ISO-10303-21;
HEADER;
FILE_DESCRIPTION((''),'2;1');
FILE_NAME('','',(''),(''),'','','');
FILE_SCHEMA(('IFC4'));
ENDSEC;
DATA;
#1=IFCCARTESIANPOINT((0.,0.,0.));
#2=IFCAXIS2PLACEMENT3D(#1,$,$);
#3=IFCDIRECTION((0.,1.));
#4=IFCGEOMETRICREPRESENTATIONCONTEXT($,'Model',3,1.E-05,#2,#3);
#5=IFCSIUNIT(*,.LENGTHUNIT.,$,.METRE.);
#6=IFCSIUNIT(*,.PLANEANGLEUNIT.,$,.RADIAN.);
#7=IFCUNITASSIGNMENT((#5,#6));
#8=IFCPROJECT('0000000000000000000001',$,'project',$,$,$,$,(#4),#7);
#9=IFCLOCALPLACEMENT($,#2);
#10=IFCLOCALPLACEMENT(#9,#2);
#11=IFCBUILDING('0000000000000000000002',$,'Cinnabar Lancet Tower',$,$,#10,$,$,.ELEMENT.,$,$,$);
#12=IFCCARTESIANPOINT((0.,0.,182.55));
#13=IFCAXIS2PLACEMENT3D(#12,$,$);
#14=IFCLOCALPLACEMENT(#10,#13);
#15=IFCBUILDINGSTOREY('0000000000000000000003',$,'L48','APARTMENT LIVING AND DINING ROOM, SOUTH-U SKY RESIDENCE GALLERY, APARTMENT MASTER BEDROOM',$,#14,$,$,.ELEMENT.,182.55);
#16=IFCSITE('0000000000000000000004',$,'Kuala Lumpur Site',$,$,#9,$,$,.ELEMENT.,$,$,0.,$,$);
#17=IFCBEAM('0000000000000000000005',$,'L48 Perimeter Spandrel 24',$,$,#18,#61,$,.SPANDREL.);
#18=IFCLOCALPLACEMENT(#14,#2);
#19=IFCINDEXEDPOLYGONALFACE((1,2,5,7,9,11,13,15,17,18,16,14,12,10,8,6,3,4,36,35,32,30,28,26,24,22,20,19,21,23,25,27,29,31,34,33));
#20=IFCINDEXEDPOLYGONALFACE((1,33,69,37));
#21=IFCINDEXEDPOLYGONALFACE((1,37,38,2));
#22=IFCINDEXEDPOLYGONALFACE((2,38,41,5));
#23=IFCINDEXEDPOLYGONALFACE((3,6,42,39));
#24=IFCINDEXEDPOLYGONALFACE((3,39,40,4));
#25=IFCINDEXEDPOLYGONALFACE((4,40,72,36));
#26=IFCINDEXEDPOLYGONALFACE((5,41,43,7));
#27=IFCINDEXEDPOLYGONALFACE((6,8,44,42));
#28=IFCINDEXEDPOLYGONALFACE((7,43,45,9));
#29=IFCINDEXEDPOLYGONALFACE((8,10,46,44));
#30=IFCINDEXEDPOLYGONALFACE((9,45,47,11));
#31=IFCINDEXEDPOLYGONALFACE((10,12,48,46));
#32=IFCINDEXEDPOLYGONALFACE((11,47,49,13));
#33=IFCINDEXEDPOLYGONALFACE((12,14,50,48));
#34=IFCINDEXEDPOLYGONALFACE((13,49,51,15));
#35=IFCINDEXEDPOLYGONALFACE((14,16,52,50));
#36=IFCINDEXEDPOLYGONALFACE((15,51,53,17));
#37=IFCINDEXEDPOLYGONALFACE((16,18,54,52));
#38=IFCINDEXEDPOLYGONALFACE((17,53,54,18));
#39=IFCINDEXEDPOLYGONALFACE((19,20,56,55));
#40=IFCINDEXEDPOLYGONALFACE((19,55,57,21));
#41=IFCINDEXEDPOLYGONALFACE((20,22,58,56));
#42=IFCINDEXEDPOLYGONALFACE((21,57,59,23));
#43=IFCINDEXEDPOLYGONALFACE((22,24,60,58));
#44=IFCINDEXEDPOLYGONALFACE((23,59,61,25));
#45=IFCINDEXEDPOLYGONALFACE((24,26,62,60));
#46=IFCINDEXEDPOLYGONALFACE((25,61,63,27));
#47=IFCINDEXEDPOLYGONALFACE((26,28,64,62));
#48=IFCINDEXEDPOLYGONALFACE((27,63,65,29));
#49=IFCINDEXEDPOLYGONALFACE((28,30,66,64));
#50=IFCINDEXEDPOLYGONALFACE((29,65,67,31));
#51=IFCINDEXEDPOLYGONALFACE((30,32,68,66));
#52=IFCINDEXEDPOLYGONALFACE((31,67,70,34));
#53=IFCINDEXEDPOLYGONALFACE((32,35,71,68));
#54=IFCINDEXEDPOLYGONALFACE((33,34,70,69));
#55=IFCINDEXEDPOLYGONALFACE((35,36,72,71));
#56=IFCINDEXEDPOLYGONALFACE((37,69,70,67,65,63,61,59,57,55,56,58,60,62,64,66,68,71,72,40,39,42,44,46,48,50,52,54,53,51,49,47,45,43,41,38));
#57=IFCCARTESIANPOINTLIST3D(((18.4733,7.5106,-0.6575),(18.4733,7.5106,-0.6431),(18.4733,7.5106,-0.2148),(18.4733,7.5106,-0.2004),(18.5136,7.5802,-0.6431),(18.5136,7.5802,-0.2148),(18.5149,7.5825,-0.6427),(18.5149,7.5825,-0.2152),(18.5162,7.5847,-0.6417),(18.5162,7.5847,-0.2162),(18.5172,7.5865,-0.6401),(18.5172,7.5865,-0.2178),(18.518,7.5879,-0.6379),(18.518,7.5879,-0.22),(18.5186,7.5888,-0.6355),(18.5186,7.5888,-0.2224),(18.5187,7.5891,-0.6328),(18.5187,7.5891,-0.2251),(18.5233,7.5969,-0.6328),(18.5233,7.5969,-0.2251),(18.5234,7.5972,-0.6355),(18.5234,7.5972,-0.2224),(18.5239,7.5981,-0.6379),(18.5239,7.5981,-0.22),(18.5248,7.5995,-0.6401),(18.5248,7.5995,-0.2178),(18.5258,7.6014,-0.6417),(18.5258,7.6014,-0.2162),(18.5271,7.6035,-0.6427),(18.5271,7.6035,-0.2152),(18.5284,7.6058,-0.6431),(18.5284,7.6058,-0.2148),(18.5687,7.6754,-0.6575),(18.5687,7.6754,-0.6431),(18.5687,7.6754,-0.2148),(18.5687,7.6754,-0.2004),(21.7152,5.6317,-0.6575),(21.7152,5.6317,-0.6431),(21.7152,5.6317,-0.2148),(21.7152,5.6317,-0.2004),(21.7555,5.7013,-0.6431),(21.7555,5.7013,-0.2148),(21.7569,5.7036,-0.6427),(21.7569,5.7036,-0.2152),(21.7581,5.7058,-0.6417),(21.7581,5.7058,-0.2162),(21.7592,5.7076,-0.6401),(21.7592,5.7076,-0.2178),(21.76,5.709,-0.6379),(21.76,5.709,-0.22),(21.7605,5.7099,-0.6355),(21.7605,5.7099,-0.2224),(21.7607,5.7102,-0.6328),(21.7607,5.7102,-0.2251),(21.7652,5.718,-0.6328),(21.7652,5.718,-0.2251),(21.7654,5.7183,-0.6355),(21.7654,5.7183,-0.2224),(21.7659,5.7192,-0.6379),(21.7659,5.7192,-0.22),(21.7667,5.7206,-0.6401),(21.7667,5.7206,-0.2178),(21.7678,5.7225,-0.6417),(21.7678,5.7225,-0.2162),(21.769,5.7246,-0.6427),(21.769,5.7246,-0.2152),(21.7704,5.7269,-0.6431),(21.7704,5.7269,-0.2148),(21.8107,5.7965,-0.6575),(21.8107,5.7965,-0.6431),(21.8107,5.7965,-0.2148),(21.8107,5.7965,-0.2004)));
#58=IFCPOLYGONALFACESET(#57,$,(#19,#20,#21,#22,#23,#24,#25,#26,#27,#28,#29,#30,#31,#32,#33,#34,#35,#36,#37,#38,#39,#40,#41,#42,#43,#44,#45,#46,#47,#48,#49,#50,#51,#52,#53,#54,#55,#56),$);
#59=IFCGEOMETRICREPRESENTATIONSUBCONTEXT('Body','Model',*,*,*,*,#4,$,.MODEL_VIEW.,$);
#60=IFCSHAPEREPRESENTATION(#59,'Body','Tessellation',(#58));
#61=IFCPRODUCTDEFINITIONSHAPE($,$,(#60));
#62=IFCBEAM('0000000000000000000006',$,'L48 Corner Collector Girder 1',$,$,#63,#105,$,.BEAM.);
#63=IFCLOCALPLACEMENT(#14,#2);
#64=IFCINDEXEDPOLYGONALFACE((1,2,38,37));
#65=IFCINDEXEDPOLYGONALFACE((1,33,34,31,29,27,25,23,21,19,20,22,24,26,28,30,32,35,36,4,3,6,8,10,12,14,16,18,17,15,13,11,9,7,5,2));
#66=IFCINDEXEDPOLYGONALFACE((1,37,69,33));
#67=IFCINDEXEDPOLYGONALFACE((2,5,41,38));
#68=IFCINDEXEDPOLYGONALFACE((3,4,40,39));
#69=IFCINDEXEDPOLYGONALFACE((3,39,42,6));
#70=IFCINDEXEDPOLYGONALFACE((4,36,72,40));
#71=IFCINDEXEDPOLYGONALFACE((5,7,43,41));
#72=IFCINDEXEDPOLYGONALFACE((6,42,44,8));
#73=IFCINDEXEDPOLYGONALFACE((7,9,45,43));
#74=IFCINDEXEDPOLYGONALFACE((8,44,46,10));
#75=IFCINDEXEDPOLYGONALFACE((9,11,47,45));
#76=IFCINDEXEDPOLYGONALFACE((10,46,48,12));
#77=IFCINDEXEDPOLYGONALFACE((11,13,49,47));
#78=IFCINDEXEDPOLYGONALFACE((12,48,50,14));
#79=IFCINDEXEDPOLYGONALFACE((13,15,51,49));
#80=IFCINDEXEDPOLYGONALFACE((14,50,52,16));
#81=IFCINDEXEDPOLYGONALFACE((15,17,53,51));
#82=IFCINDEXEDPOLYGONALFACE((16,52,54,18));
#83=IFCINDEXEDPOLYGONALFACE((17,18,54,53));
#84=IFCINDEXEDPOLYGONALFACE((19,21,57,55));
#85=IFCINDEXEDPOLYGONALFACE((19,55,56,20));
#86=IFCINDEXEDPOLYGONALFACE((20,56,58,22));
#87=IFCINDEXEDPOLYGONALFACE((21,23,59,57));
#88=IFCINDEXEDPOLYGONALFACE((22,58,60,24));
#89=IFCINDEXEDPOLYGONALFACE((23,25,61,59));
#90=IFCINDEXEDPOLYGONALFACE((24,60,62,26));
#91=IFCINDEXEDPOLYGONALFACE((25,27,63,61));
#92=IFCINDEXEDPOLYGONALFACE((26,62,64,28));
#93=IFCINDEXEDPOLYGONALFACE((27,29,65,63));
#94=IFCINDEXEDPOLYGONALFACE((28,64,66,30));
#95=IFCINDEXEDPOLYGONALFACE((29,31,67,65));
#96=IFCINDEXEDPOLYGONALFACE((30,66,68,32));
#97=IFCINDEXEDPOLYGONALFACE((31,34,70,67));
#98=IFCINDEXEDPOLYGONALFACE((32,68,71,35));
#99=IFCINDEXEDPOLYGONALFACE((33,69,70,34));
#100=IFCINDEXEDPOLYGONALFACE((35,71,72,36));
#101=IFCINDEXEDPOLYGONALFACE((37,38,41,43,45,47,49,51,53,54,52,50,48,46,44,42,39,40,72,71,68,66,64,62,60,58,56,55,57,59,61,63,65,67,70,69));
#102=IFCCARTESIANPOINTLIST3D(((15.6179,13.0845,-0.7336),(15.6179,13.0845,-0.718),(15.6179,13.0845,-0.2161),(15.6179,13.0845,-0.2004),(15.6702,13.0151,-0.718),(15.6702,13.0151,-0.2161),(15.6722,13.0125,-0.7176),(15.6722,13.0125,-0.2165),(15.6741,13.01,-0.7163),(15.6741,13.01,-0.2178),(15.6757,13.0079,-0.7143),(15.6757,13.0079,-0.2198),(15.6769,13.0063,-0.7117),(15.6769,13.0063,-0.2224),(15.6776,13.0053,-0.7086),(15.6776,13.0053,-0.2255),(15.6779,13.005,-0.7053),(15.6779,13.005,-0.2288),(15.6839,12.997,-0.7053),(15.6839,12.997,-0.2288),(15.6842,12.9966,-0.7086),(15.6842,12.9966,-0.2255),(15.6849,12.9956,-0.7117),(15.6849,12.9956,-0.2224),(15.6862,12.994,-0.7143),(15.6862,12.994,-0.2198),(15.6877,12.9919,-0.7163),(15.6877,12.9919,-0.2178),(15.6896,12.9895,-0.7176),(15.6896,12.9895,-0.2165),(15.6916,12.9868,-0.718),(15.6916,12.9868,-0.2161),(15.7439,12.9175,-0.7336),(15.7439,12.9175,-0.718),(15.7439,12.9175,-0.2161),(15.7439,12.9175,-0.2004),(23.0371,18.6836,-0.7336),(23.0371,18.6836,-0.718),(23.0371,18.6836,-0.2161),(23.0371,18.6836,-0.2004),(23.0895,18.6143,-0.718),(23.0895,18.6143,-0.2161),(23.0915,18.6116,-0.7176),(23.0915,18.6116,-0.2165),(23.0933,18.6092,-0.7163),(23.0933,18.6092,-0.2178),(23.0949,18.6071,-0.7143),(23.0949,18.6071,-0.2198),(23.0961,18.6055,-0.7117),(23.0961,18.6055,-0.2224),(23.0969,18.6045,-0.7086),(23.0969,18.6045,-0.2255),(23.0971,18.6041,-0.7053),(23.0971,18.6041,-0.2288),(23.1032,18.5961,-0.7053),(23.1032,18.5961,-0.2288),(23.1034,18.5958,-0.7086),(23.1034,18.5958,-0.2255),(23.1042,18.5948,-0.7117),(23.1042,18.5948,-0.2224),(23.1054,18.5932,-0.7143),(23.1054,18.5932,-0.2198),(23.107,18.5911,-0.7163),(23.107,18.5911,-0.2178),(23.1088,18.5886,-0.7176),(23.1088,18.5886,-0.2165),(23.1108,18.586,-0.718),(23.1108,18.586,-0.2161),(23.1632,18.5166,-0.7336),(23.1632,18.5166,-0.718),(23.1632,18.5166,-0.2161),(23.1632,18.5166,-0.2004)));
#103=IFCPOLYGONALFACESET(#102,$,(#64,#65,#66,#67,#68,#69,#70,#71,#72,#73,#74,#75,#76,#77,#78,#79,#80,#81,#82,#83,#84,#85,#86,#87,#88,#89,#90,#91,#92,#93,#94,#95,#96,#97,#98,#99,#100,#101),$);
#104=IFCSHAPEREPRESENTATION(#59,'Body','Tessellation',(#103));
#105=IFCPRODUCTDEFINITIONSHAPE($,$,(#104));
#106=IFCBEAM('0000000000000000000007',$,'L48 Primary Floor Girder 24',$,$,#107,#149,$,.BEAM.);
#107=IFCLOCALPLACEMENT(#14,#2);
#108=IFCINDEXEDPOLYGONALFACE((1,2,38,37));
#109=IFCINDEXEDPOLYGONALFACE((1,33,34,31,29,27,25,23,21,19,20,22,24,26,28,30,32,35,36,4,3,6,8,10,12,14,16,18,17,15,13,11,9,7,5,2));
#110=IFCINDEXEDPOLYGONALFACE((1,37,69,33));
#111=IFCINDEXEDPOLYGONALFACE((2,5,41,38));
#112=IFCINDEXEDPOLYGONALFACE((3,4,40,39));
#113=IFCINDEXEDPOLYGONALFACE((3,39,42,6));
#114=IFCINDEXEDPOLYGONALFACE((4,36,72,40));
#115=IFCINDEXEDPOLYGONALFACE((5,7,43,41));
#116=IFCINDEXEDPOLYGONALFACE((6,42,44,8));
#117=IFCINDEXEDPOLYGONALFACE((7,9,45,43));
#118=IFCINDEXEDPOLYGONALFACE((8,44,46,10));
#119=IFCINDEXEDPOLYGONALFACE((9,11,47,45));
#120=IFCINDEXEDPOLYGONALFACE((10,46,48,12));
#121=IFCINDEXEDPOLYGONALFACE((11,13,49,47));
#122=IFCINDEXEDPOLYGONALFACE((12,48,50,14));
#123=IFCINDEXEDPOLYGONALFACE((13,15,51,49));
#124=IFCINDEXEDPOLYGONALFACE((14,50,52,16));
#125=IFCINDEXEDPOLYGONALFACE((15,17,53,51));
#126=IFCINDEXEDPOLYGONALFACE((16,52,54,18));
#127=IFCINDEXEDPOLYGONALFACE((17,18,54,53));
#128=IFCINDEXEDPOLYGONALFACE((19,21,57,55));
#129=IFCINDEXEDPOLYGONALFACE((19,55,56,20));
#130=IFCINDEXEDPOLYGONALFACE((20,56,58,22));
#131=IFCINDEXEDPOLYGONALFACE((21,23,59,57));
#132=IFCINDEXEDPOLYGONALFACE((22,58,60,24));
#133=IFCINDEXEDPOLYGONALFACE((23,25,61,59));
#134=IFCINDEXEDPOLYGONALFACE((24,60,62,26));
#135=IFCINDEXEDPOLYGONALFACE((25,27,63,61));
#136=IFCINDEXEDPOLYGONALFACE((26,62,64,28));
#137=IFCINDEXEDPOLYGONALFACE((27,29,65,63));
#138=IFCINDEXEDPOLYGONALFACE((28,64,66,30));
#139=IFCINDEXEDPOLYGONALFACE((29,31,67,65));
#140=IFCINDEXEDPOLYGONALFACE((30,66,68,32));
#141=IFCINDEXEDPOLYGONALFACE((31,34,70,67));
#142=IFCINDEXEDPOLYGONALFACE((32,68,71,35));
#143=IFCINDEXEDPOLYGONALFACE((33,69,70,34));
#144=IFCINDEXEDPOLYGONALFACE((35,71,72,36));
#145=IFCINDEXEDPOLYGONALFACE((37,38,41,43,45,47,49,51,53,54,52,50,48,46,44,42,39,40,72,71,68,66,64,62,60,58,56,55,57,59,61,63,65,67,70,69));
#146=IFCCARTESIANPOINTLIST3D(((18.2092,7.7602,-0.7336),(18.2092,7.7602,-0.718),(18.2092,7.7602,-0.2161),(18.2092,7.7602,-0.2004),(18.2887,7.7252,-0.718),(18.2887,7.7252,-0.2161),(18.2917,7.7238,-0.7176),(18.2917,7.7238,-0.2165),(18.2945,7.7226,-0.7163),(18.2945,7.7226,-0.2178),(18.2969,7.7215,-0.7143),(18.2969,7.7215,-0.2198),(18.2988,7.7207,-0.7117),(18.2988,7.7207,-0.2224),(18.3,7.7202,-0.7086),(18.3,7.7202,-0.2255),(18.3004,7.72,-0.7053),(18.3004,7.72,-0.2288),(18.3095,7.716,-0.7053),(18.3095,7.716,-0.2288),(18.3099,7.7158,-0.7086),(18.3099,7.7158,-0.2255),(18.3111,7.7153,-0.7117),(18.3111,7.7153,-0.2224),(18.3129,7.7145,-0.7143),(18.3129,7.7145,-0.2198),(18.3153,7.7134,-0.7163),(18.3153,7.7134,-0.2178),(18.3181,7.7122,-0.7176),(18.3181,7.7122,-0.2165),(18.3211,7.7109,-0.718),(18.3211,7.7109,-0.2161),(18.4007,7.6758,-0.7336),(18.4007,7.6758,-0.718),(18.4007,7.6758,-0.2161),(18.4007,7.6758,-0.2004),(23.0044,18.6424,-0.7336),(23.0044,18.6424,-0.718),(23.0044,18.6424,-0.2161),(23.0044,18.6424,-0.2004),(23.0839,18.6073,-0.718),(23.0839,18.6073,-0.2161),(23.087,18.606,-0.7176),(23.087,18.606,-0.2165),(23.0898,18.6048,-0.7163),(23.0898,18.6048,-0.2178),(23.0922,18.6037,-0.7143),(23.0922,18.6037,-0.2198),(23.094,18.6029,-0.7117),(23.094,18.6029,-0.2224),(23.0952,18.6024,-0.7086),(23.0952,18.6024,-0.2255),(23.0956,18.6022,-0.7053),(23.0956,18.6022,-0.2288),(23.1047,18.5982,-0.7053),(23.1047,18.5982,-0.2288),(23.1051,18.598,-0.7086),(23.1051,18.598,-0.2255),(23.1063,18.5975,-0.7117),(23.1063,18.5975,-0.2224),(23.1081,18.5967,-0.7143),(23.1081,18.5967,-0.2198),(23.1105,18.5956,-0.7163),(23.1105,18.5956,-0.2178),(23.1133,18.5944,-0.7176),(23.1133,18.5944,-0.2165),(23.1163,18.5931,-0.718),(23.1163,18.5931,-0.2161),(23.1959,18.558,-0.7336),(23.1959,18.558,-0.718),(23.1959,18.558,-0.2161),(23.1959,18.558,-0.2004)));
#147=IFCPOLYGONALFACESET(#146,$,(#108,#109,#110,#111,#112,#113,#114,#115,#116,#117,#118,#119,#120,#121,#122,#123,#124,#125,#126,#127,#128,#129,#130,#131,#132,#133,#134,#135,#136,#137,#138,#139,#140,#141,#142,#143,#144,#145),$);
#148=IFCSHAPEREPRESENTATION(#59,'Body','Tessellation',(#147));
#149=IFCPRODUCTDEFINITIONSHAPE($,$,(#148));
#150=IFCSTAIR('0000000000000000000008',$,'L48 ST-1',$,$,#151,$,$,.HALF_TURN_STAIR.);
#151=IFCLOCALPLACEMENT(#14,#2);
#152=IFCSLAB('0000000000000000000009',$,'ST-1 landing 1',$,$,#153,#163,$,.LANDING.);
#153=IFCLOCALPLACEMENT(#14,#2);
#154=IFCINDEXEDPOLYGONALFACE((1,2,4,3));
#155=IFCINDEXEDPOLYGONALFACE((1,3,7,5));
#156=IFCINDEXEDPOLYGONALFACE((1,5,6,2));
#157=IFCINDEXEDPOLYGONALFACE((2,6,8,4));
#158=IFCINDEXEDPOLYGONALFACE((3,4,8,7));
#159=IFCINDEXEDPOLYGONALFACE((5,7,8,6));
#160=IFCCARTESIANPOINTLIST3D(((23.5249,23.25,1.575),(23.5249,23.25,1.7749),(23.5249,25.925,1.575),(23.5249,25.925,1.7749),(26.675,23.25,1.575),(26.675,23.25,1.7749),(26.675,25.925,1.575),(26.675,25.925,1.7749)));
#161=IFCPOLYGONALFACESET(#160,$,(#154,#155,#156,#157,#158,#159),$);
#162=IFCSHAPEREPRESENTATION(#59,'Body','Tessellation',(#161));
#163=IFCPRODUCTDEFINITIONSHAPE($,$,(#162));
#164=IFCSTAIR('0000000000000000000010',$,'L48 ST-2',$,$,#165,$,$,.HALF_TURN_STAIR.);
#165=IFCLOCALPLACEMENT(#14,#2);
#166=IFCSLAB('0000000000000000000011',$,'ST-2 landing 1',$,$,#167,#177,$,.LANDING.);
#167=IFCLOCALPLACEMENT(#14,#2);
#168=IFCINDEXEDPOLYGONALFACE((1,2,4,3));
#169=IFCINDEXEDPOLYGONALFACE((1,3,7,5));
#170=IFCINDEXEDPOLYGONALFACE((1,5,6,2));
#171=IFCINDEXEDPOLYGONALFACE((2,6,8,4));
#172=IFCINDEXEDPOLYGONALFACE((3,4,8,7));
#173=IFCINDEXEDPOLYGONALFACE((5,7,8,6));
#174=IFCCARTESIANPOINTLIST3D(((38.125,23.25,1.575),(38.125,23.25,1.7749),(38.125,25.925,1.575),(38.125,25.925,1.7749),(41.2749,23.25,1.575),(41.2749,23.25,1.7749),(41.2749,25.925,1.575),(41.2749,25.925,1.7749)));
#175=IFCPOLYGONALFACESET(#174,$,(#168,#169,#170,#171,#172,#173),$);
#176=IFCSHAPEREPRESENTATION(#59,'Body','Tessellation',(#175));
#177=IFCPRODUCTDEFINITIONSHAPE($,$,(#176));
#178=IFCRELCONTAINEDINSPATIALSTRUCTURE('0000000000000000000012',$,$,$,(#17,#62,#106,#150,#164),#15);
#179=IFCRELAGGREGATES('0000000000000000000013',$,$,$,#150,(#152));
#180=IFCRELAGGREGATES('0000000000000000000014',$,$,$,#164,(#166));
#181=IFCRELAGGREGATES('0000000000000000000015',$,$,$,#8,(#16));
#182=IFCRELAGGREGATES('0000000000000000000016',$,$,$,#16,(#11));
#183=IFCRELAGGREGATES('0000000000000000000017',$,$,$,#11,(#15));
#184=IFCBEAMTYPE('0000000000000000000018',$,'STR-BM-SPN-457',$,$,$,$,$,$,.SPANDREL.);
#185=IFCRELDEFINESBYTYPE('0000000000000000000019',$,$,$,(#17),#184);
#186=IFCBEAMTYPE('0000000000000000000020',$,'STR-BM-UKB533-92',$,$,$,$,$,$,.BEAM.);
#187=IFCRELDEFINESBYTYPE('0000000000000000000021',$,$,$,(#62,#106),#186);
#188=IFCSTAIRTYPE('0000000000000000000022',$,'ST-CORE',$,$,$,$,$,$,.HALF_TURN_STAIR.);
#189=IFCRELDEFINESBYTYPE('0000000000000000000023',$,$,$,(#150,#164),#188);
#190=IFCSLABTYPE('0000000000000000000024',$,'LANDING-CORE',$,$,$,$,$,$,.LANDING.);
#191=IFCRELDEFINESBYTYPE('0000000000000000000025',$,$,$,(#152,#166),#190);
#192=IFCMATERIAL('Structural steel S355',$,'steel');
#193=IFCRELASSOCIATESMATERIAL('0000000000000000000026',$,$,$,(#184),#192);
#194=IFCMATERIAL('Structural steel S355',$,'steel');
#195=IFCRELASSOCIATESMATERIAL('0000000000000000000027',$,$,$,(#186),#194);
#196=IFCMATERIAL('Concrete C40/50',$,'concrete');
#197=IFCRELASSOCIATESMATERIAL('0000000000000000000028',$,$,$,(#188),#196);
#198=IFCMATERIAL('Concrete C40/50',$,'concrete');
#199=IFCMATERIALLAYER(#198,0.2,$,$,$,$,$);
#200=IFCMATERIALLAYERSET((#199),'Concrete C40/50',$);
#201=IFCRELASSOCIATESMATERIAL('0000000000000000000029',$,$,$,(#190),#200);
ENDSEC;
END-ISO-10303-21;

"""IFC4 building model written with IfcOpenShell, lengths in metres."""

from ifc_helpers import new_model, si_unit, direction, frame, origin, origin_2d, place, context, subcontext, project, spatial, polyline, i_section, outline, extrude, material, layer, layer_set, material_profile, profile_set, type_object, element, aggregate, save


model = new_model("IFC4")

# Units and contexts
model_context = context("Model", 3, precision=1e-05, world=origin(), true_north=direction((0.0, 1.0)))
body_context = subcontext(model_context, "Body", "Model", "MODEL_VIEW")
ifc_project = project(units=[si_unit("LENGTHUNIT", "METRE"), si_unit("PLANEANGLEUNIT", "RADIAN")], contexts=[model_context])

# Site, building, storey
site_placement = place(None, origin())
site = spatial("IfcSite", under=ifc_project, at=site_placement, Name="Kuala Lumpur Site", CompositionType="ELEMENT", RefElevation=0.0)
building_placement = place(site_placement, origin())
building = spatial("IfcBuilding", under=site, at=building_placement, Name="Cinnabar Lancet Tower", CompositionType="ELEMENT")
storey_placement = place(building_placement, frame((0.0, 0.0, 182.55)))
storey = spatial("IfcBuildingStorey", under=building, at=storey_placement, Name="L48", Description="APARTMENT LIVING AND DINING ROOM, SOUTH-U SKY RESIDENCE GALLERY, APARTMENT MASTER BEDROOM", CompositionType="ELEMENT", Elevation=182.55)

# Beams
ifc_material_1 = material(Name="Structural steel S355", Category="steel")
ifc_material_profile_1 = material_profile(ifc_material_1, i_section(OverallWidth=0.1904, OverallDepth=0.457, WebThickness=0.009, FlangeThickness=0.0144, FilletRadius=0.0103, at=origin_2d()), Name="UKB 457x191x74")
ifc_profile_set_1 = profile_set([ifc_material_profile_1], Name="Structural steel S355")
beam_type_1 = type_object("IfcBeamType", Name="STR-BM-SPN-457", PredefinedType="SPANDREL", material=ifc_profile_set_1)
beam_1_placement = place(storey_placement, frame((18.521, 7.593, -0.429), z_axis=(0.865196, -0.501434, 0.0), x_axis=(0.501434, 0.865196, 0.0)))
element("IfcBeam", 1, at=beam_1_placement, inside=storey, type_object=beam_type_1, Name="L48 Perimeter Spandrel 24", PredefinedType="SPANDREL", context=body_context, shape_type="SweptSolid", body=[
    extrude(i_section(OverallWidth=0.1904, OverallDepth=0.457, WebThickness=0.009, FlangeThickness=0.0144, FilletRadius=0.0103, at=origin_2d()), origin(), (0.0, 0.0, 1.0), 3.7471),
])
ifc_material_2 = material(Name="Structural steel S355", Category="steel")
ifc_material_profile_2 = material_profile(ifc_material_2, i_section(OverallWidth=0.2092, OverallDepth=0.5332, WebThickness=0.01, FlangeThickness=0.0156, FilletRadius=0.0127, at=origin_2d()), Name="UKB 533x210x92")
ifc_profile_set_2 = profile_set([ifc_material_profile_2], Name="Structural steel S355")
beam_type_2 = type_object("IfcBeamType", Name="STR-BM-UKB533-92", PredefinedType="BEAM", material=ifc_profile_set_2)
beam_2_placement = place(storey_placement, frame((15.6809, 13.001, -0.467), z_axis=(0.798203, 0.602389, 0.0), x_axis=(-0.602389, 0.798203, 0.0)))
element("IfcBeam", 2, at=beam_2_placement, inside=storey, type_object=beam_type_2, Name="L48 Corner Collector Girder 1", PredefinedType="BEAM", context=body_context, shape_type="SweptSolid", body=[
    extrude(i_section(OverallWidth=0.2092, OverallDepth=0.5332, WebThickness=0.01, FlangeThickness=0.0156, FilletRadius=0.0127, at=origin_2d()), origin(), (0.0, 0.0, 1.0), 9.2949),
])
beam_3_placement = place(storey_placement, frame((18.3049, 7.718, -0.467), z_axis=(0.403235, 0.915096, 0.0), x_axis=(-0.915096, 0.403235, 0.0)))
element("IfcBeam", 3, at=beam_3_placement, inside=storey, type_object=beam_type_2, Name="L48 Primary Floor Girder 24", PredefinedType="BEAM", context=body_context, shape_type="SweptSolid", body=[
    extrude(i_section(OverallWidth=0.2092, OverallDepth=0.5332, WebThickness=0.01, FlangeThickness=0.0156, FilletRadius=0.0127, at=origin_2d()), origin(), (0.0, 0.0, 1.0), 11.8918),
])

# Stairs, slabs
ifc_material_3 = material(Name="Concrete C40/50", Category="concrete")
stair_type = type_object("IfcStairType", Name="ST-CORE", PredefinedType="HALF_TURN_STAIR", material=ifc_material_3)
stair_1_placement = place(storey_placement, origin())
stair_1 = element("IfcStair", 4, at=stair_1_placement, inside=storey, type_object=stair_type, Name="L48 ST-1", PredefinedType="HALF_TURN_STAIR")
ifc_material_4 = material(Name="Concrete C40/50", Category="concrete")
ifc_layer_1 = layer(ifc_material_4, 0.2)
ifc_layer_set_1 = layer_set([ifc_layer_1], Name="Concrete C40/50")
slab_type_1 = type_object("IfcSlabType", Name="LANDING-CORE", PredefinedType="LANDING", material=ifc_layer_set_1)
slab_1_placement = place(storey_placement, frame((0.0, 0.0, 1.575)))
slab_1 = element("IfcSlab", 5, at=slab_1_placement, type_object=slab_type_1, Name="ST-1 landing 1", PredefinedType="LANDING", context=body_context, shape_type="SweptSolid", body=[
    extrude(outline(polyline([(23.5249, 25.925), (23.5249, 23.25), (26.675, 23.25), (26.675, 25.925), (23.5249, 25.925)])), origin(), (0.0, 0.0, 1.0), 0.2),
])
aggregate(stair_1, [slab_1])
stair_2_placement = place(storey_placement, origin())
stair_2 = element("IfcStair", 6, at=stair_2_placement, inside=storey, type_object=stair_type, Name="L48 ST-2", PredefinedType="HALF_TURN_STAIR")
slab_2_placement = place(storey_placement, frame((0.0, 0.0, 1.575)))
slab_2 = element("IfcSlab", 7, at=slab_2_placement, type_object=slab_type_1, Name="ST-2 landing 1", PredefinedType="LANDING", context=body_context, shape_type="SweptSolid", body=[
    extrude(outline(polyline([(38.125, 25.925), (38.125, 23.25), (41.2749, 23.25), (41.2749, 25.925), (38.125, 25.925)])), origin(), (0.0, 0.0, 1.0), 0.2),
])
aggregate(stair_2, [slab_2])

save(model, "model.ifc")
